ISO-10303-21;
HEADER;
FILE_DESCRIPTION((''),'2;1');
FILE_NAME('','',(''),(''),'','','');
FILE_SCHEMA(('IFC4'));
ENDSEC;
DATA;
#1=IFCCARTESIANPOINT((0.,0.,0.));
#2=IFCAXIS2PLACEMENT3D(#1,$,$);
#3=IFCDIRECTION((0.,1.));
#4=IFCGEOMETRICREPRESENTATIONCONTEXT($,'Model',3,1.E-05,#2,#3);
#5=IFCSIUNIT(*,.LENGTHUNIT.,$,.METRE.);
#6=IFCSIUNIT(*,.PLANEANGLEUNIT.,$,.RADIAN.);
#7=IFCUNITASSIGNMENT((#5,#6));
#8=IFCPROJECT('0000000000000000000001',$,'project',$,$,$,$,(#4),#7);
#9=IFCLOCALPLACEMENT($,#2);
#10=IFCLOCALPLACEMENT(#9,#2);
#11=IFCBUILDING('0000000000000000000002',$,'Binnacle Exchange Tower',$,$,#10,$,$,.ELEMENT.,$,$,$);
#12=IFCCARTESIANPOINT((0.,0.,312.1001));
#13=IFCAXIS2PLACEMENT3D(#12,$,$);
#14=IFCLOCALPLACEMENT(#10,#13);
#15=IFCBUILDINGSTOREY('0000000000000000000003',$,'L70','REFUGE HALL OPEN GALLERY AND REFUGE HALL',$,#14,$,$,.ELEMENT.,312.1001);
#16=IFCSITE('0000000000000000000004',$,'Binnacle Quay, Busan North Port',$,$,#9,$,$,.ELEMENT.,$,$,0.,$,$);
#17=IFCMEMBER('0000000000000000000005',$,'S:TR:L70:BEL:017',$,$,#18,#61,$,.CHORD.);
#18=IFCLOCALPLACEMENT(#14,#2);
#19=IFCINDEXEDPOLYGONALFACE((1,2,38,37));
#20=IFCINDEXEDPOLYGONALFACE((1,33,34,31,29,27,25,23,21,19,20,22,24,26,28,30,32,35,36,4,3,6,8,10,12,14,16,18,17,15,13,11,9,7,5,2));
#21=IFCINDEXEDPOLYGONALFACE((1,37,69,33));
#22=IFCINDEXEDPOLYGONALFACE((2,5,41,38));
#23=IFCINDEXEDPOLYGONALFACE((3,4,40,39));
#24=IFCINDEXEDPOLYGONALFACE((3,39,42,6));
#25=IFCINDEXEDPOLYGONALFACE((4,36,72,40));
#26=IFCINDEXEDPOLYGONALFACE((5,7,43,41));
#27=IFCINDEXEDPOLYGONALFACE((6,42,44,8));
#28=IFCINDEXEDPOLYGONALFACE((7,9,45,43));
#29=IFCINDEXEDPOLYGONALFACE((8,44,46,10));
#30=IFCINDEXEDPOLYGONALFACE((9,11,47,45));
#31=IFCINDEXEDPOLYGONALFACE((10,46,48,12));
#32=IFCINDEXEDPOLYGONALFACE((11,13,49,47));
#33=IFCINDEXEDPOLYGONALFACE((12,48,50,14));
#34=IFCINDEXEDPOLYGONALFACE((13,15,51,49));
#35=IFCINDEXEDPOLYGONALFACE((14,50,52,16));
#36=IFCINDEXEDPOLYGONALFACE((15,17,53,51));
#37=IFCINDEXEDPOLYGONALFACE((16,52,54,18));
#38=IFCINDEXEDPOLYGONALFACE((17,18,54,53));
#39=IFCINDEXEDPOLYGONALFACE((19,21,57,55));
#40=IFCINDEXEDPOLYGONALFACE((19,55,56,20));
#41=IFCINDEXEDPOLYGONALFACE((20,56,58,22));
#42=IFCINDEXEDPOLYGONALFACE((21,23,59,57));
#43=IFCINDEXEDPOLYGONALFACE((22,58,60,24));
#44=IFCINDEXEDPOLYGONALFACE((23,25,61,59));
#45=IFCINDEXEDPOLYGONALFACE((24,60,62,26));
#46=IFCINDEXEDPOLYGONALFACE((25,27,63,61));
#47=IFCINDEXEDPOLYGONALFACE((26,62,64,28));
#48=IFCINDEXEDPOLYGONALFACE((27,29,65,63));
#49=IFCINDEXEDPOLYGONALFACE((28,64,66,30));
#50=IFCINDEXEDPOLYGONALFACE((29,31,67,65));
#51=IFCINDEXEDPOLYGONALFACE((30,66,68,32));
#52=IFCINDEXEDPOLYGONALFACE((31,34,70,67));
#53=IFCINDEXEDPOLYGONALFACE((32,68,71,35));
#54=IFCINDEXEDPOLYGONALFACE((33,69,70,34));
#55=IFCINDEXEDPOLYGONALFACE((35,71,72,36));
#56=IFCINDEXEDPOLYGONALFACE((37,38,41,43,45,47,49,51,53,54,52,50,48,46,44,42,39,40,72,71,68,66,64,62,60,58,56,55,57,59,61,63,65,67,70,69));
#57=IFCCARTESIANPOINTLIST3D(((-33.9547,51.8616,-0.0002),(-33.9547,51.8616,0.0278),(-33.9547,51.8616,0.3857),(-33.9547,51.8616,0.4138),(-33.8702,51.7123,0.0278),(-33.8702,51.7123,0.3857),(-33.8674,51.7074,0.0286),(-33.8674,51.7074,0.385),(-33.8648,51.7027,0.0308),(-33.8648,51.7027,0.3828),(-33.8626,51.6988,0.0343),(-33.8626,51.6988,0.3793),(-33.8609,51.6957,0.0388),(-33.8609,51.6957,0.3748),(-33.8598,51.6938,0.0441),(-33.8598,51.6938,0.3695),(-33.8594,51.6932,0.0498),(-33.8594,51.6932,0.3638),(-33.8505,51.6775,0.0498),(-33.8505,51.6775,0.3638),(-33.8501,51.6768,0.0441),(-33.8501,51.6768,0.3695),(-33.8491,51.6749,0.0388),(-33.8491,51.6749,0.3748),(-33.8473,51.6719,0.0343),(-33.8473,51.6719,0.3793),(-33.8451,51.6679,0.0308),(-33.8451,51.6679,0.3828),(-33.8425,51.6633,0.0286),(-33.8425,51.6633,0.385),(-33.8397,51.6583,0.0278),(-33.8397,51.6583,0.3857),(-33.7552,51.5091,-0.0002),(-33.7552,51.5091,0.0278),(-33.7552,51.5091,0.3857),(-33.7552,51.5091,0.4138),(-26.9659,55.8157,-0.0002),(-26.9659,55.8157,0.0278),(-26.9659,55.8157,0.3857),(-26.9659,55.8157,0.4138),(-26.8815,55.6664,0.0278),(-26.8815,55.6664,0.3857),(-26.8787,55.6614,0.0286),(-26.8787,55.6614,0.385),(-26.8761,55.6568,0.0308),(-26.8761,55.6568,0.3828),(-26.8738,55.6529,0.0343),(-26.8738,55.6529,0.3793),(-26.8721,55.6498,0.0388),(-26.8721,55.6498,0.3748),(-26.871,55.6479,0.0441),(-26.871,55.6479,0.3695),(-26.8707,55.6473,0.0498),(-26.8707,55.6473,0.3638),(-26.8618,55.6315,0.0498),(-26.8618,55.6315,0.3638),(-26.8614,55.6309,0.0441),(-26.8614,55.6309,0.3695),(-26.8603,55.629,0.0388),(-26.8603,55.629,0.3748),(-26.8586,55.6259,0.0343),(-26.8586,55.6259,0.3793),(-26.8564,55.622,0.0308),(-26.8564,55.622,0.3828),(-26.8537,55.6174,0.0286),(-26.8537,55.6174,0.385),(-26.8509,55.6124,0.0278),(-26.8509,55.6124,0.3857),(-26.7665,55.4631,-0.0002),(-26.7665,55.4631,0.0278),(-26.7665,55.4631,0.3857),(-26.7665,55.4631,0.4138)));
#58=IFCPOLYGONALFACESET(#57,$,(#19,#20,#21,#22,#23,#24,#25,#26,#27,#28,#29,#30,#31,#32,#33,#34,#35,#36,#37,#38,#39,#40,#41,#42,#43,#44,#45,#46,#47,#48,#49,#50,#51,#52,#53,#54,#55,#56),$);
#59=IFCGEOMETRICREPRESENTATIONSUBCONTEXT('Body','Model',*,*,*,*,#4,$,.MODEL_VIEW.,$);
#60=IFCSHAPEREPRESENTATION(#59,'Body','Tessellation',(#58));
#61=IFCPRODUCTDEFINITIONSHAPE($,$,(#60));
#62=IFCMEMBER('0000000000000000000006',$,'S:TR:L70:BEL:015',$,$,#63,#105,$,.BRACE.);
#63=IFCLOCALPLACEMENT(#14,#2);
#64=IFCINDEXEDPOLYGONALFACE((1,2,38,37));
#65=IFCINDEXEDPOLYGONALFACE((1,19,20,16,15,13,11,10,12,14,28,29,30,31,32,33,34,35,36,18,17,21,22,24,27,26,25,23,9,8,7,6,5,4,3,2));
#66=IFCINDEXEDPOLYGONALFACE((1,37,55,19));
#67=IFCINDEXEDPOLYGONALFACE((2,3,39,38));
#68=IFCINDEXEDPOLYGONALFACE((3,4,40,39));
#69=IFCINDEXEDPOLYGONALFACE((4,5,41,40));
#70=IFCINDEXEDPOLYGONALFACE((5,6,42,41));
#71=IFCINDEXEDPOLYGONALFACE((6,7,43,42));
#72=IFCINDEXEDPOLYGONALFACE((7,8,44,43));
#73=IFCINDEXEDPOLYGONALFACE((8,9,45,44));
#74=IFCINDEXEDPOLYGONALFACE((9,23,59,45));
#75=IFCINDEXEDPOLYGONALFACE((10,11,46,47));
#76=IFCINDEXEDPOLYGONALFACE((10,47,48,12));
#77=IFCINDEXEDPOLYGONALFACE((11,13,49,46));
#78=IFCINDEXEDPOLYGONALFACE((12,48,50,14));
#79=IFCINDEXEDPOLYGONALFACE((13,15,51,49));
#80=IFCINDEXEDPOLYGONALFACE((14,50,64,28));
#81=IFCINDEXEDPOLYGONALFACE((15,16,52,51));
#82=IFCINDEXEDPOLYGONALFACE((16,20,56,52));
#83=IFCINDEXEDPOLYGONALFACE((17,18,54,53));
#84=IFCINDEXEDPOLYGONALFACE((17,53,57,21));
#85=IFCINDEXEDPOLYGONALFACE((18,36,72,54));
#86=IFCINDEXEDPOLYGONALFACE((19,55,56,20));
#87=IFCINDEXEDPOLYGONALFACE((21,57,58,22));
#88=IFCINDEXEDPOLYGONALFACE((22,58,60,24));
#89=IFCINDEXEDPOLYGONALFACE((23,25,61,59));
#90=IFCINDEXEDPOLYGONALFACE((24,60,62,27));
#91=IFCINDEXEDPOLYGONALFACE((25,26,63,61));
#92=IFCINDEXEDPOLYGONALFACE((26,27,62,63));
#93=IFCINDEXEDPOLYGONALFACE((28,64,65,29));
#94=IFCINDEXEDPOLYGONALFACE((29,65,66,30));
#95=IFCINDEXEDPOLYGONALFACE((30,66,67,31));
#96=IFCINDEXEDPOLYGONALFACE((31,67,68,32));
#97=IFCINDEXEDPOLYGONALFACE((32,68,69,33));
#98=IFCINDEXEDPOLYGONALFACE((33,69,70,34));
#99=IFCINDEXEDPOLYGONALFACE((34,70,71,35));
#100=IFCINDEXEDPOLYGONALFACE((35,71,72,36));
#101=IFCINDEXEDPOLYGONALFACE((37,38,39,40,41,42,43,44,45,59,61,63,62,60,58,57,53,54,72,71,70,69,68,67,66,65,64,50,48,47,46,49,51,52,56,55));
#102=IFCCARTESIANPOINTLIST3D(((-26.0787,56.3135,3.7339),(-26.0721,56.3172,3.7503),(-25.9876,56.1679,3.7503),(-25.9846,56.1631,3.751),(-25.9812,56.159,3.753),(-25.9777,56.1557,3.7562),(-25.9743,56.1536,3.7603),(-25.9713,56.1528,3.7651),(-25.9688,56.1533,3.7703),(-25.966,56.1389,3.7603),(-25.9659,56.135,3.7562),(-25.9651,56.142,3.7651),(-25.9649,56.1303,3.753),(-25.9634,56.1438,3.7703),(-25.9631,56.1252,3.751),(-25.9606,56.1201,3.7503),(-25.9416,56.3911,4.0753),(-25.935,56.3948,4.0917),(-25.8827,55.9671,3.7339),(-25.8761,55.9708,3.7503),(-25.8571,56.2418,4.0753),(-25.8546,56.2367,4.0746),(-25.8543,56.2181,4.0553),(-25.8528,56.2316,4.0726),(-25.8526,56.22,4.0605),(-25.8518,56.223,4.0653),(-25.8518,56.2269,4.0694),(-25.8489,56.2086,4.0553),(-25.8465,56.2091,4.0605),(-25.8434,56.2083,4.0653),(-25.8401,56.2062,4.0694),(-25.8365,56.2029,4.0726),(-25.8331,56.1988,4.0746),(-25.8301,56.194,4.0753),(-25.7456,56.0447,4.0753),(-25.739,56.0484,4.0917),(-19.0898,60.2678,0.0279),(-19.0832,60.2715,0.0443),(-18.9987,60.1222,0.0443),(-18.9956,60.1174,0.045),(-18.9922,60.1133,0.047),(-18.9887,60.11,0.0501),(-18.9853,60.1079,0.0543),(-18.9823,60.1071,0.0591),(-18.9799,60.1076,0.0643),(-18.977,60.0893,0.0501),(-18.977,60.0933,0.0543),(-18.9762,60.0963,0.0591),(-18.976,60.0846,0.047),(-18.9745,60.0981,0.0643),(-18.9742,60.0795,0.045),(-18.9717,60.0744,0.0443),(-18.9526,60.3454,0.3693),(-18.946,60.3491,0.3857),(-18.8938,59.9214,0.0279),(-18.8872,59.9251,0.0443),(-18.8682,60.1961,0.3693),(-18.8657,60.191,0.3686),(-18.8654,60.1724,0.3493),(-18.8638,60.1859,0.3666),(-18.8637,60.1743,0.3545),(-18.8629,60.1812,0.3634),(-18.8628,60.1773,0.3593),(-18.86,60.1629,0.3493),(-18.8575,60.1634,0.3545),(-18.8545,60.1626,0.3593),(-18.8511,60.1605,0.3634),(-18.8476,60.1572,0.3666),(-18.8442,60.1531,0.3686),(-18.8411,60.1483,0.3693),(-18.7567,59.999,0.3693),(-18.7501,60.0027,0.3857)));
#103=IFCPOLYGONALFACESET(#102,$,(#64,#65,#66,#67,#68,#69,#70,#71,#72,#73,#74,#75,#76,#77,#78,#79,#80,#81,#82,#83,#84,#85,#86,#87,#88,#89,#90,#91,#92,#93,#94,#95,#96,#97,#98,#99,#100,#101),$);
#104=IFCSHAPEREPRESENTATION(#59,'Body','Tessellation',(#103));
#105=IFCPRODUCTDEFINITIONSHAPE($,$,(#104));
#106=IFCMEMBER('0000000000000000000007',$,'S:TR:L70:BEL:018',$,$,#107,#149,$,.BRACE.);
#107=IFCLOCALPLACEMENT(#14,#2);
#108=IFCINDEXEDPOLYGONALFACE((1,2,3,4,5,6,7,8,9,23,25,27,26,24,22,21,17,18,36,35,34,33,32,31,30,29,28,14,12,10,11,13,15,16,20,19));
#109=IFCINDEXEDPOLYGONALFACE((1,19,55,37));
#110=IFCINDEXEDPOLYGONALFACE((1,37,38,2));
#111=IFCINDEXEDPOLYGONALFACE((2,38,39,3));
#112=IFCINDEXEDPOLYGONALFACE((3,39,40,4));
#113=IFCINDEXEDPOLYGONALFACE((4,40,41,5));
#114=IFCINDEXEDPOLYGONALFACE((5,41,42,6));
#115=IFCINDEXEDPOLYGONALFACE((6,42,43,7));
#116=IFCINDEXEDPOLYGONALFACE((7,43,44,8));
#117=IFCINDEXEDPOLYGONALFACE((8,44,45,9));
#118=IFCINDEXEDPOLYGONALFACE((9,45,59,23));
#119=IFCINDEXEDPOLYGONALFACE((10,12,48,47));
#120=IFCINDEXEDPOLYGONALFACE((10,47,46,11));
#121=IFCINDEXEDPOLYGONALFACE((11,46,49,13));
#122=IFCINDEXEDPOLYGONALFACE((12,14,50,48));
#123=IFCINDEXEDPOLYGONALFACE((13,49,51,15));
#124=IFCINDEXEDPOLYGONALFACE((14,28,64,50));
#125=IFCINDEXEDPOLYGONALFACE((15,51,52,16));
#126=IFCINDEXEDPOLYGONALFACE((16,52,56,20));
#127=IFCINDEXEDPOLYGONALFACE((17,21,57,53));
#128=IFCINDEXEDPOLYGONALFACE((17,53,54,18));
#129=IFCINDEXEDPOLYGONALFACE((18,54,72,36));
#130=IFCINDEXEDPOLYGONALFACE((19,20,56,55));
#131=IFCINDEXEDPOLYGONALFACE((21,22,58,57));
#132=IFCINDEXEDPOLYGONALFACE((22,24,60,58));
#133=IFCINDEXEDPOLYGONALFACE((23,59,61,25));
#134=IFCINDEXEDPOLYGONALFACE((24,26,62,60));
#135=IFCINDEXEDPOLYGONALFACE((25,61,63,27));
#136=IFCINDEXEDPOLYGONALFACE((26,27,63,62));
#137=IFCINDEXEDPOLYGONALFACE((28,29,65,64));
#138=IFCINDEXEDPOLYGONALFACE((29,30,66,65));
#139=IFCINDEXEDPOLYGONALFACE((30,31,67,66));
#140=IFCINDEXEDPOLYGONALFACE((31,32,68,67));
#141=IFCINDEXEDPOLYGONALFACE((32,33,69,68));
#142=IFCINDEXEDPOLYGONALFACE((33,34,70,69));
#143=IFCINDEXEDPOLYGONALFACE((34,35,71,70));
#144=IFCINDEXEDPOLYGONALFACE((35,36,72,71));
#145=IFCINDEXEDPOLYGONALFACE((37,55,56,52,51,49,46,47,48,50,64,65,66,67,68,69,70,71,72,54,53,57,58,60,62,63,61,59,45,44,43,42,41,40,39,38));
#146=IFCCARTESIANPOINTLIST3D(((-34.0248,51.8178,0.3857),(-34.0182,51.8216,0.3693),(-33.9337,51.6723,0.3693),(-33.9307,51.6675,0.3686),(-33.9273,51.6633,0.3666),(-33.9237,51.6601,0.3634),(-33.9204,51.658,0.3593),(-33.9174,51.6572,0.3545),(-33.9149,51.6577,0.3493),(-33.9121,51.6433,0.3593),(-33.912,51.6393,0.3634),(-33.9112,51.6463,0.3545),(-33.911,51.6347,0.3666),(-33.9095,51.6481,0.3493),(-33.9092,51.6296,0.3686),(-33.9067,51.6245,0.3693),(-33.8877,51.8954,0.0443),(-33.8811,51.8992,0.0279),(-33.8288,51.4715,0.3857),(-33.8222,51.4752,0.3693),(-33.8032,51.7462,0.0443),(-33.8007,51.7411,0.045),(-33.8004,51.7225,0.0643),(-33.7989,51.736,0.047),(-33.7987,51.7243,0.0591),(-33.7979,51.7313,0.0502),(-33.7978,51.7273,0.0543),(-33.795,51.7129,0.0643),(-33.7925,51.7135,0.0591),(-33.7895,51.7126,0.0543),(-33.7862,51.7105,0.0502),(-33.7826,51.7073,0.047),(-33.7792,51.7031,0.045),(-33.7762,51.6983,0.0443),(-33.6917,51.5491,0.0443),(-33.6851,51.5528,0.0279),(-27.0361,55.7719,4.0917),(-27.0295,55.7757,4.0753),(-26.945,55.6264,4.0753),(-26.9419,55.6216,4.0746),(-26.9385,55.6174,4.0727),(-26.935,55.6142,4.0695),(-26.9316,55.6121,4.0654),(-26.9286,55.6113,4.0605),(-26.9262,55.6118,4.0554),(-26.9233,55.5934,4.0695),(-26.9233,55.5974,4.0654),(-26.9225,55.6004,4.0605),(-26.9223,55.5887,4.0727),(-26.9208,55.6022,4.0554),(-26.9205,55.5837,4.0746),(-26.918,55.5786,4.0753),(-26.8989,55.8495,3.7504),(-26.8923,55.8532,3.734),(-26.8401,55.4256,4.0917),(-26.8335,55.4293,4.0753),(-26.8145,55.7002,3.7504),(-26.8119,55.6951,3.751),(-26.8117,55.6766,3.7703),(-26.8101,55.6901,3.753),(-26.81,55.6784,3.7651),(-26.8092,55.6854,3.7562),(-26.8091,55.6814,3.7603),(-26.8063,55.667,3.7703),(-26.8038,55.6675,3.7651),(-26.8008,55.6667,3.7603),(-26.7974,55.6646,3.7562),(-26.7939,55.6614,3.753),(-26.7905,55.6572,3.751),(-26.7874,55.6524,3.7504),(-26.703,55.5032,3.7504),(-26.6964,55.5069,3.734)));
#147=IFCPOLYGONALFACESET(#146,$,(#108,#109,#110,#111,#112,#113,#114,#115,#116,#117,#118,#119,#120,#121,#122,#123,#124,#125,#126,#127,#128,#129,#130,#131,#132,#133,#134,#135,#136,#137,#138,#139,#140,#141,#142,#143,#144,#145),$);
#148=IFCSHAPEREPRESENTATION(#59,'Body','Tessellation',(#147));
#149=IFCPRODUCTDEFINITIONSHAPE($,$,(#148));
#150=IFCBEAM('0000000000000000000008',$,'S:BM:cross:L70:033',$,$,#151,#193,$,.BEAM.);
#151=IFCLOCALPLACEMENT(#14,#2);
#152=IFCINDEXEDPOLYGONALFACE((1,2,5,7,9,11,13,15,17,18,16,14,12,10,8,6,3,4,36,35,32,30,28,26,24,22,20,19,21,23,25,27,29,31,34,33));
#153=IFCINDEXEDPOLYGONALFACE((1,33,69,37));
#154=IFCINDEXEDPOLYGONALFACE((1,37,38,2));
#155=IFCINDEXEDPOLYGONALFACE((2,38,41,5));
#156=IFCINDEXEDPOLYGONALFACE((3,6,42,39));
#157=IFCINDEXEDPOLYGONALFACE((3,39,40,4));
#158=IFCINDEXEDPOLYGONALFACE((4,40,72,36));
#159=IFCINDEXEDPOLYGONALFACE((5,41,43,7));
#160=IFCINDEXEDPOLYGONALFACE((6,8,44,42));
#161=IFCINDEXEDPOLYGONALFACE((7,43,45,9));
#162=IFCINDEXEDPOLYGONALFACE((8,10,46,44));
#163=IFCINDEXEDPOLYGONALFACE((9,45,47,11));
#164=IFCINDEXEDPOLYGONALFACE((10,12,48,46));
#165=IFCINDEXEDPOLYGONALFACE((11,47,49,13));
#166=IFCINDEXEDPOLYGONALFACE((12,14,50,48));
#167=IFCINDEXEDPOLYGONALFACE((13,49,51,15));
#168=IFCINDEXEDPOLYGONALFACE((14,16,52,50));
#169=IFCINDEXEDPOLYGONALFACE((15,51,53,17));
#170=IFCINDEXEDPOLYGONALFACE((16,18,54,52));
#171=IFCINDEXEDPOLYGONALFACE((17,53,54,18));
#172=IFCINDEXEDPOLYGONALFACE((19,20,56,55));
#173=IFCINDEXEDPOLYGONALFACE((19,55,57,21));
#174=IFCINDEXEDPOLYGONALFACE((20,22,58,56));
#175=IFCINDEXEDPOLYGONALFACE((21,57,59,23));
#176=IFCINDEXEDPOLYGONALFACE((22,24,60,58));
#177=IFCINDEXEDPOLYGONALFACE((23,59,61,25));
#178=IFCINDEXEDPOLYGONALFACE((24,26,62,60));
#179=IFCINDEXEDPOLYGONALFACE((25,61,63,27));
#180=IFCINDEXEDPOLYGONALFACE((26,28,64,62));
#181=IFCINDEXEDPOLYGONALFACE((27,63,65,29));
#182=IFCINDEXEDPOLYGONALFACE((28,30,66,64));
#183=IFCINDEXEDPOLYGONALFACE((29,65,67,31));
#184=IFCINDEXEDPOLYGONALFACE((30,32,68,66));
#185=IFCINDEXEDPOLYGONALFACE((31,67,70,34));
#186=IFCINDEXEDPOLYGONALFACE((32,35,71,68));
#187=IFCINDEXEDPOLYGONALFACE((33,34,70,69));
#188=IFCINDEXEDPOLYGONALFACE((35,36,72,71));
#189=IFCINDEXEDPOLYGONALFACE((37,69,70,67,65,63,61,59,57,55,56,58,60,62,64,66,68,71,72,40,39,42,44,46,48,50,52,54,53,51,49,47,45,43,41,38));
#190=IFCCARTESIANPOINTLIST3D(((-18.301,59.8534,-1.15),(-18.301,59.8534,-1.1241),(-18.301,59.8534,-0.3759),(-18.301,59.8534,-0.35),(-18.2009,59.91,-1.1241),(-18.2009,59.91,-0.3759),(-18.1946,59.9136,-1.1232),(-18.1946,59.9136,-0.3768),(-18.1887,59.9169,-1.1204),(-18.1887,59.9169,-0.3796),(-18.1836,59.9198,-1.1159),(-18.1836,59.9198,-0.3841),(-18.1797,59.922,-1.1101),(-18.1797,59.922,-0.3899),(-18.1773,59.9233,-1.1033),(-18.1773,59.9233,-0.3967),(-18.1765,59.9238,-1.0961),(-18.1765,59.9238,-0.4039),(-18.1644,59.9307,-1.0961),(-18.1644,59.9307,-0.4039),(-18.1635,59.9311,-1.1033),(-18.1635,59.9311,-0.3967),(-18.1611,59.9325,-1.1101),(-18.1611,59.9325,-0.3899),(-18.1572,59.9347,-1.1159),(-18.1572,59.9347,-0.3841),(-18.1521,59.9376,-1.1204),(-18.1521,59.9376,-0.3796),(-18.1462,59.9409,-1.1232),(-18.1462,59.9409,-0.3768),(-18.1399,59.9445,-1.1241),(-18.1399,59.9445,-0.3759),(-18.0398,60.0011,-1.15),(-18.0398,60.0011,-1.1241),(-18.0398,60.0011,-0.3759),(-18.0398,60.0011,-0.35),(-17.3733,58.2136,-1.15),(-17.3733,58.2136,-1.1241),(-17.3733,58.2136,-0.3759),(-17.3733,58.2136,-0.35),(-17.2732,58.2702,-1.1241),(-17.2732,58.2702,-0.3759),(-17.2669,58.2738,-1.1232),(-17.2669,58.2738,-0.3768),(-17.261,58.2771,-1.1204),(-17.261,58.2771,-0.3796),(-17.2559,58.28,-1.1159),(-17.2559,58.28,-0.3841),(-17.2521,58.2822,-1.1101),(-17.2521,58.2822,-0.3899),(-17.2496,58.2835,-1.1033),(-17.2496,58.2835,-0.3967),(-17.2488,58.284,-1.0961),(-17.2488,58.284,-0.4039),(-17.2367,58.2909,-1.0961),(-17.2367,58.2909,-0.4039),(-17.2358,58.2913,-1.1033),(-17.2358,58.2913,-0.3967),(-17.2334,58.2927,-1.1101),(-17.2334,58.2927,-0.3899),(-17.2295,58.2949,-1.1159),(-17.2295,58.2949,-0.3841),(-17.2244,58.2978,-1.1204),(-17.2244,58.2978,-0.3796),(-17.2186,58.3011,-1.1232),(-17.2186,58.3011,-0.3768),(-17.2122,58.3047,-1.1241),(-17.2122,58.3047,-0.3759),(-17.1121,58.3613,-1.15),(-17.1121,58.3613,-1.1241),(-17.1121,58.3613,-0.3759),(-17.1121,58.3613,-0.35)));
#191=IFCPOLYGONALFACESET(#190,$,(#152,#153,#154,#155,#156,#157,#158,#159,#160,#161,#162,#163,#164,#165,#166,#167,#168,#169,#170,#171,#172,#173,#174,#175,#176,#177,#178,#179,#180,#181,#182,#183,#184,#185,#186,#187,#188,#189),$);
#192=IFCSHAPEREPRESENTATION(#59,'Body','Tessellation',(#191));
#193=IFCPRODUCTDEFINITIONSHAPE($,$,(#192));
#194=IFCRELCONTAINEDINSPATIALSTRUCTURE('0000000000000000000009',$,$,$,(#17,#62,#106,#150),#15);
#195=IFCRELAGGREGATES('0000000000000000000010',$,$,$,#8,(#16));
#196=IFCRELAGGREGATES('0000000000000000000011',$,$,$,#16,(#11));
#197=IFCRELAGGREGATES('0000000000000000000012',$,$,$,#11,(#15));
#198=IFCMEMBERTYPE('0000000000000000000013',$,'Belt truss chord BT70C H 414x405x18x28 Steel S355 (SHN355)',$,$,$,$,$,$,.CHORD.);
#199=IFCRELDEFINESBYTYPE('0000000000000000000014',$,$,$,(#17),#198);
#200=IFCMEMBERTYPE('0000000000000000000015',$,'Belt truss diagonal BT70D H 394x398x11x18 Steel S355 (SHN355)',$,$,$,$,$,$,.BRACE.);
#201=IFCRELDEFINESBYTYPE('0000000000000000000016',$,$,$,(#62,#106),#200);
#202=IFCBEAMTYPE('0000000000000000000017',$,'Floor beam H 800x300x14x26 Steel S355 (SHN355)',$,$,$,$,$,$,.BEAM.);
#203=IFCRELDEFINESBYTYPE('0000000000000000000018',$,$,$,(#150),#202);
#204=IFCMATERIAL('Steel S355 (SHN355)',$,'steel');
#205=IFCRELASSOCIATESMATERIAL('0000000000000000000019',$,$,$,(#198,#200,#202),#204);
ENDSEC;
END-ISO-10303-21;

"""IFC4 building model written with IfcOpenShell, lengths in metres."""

from ifc_helpers import new_model, si_unit, direction, frame, origin, origin_2d, place, context, subcontext, project, spatial, i_section, extrude, material, material_profile, profile_set, type_object, element, save


model = new_model("IFC4")

# Units and contexts
model_context = context("Model", 3, precision=1e-05, world=origin(), true_north=direction((0.0, 1.0)))
body_context = subcontext(model_context, "Body", "Model", "MODEL_VIEW")
ifc_project = project(units=[si_unit("LENGTHUNIT", "METRE"), si_unit("PLANEANGLEUNIT", "RADIAN")], contexts=[model_context])

# Site, building, storey
site_placement = place(None, origin())
site = spatial("IfcSite", under=ifc_project, at=site_placement, Name="Binnacle Quay, Busan North Port", CompositionType="ELEMENT", RefElevation=0.0)
building_placement = place(site_placement, origin())
building = spatial("IfcBuilding", under=site, at=building_placement, Name="Binnacle Exchange Tower", CompositionType="ELEMENT")
storey_placement = place(building_placement, frame((0.0, 0.0, 312.1001)))
storey = spatial("IfcBuildingStorey", under=building, at=storey_placement, Name="L70", Description="REFUGE HALL OPEN GALLERY AND REFUGE HALL", CompositionType="ELEMENT", Elevation=312.1001)

# Members
ifc_material_1 = material(Name="Steel S355 (SHN355)", Category="steel")
ifc_material_profile_1 = material_profile(ifc_material_1, i_section(OverallWidth=0.405, OverallDepth=0.4141, WebThickness=0.0181, FlangeThickness=0.0281, FilletRadius=0.022, at=origin_2d()), Name="H 414x405x18x28")
ifc_profile_set_1 = profile_set([ifc_material_profile_1], Name="Steel S355 (SHN355)")
member_type_1 = type_object("IfcMemberType", Name="Belt truss chord BT70C H 414x405x18x28 Steel S355 (SHN355)", PredefinedType="CHORD", material=ifc_profile_set_1)
for number, where, z_axis, x_axis, name in (
    (1, (-26.8662, 55.6394, 0.2068), (-0.870353, -0.492428, 0.0), (0.492428, -0.870353, 0.0), "S:TR:L70:BEL:017"),
):
    element("IfcMember", number, at=place(storey_placement, frame(where, z_axis=z_axis, x_axis=x_axis)), inside=storey, type_object=member_type_1, Name=name, PredefinedType="CHORD", context=body_context, shape_type="SweptSolid", body=[
        extrude(i_section(OverallWidth=0.405, OverallDepth=0.4141, WebThickness=0.0181, FlangeThickness=0.0281, FilletRadius=0.022, at=origin_2d()), origin(), (0.0, 0.0, 1.0), 8.0298),
    ])
ifc_material_profile_2 = material_profile(ifc_material_1, i_section(OverallWidth=0.3979, OverallDepth=0.394, WebThickness=0.011, FlangeThickness=0.0181, FilletRadius=0.022, at=origin_2d()), Name="H 394x398x11x18")
ifc_profile_set_2 = profile_set([ifc_material_profile_2], Name="Steel S355 (SHN355)")
member_type_2 = type_object("IfcMemberType", Name="Belt truss diagonal BT70D H 394x398x11x18 Steel S355 (SHN355)", PredefinedType="BRACE", material=ifc_profile_set_2)
member_1_placement = place(storey_placement, frame((-18.9199, 60.1353, 0.2068), z_axis=(-0.790246, -0.447117, 0.419043), x_axis=(0.492438, -0.870348, 0.0)))
element("IfcMember", 2, at=member_1_placement, inside=storey, type_object=member_type_2, Name="S:TR:L70:BEL:015", PredefinedType="BRACE", context=body_context, shape_type="SweptSolid", body=[
    extrude(i_section(OverallWidth=0.3979, OverallDepth=0.394, WebThickness=0.011, FlangeThickness=0.0181, FilletRadius=0.022, at=origin_2d()), origin(), (0.0, 0.0, 1.0), 8.844),
])
member_2_placement = place(storey_placement, frame((-26.8662, 55.6394, 3.9128), z_axis=(-0.790246, -0.447105, -0.419057), x_axis=(0.492428, -0.870353, 0.0)))
element("IfcMember", 3, at=member_2_placement, inside=storey, type_object=member_type_2, Name="S:TR:L70:BEL:018", PredefinedType="BRACE", context=body_context, shape_type="SweptSolid", body=[
    extrude(i_section(OverallWidth=0.3979, OverallDepth=0.394, WebThickness=0.011, FlangeThickness=0.0181, FilletRadius=0.022, at=origin_2d()), origin(), (0.0, 0.0, 1.0), 8.8438),
])

# Beam
ifc_material_profile_3 = material_profile(ifc_material_1, i_section(OverallWidth=0.3, OverallDepth=0.8, WebThickness=0.0139, FlangeThickness=0.0259, FilletRadius=0.0281, at=origin_2d()), Name="H 800x300x14x26")
ifc_profile_set_3 = profile_set([ifc_material_profile_3], Name="Steel S355 (SHN355)")
beam_type_1 = type_object("IfcBeamType", Name="Floor beam H 800x300x14x26 Steel S355 (SHN355)", PredefinedType="BEAM", material=ifc_profile_set_3)
beam_1_placement = place(storey_placement, frame((-18.1704, 59.9272, -0.75), z_axis=(0.492395, -0.870372, 0.0), x_axis=(0.870372, 0.492395, 0.0)))
element("IfcBeam", 4, at=beam_1_placement, inside=storey, type_object=beam_type_1, Name="S:BM:cross:L70:033", PredefinedType="BEAM", context=body_context, shape_type="SweptSolid", body=[
    extrude(i_section(OverallWidth=0.3, OverallDepth=0.8, WebThickness=0.0139, FlangeThickness=0.0259, FilletRadius=0.0281, at=origin_2d()), origin(), (0.0, 0.0, 1.0), 1.884),
])

save(model, "model.ifc")
